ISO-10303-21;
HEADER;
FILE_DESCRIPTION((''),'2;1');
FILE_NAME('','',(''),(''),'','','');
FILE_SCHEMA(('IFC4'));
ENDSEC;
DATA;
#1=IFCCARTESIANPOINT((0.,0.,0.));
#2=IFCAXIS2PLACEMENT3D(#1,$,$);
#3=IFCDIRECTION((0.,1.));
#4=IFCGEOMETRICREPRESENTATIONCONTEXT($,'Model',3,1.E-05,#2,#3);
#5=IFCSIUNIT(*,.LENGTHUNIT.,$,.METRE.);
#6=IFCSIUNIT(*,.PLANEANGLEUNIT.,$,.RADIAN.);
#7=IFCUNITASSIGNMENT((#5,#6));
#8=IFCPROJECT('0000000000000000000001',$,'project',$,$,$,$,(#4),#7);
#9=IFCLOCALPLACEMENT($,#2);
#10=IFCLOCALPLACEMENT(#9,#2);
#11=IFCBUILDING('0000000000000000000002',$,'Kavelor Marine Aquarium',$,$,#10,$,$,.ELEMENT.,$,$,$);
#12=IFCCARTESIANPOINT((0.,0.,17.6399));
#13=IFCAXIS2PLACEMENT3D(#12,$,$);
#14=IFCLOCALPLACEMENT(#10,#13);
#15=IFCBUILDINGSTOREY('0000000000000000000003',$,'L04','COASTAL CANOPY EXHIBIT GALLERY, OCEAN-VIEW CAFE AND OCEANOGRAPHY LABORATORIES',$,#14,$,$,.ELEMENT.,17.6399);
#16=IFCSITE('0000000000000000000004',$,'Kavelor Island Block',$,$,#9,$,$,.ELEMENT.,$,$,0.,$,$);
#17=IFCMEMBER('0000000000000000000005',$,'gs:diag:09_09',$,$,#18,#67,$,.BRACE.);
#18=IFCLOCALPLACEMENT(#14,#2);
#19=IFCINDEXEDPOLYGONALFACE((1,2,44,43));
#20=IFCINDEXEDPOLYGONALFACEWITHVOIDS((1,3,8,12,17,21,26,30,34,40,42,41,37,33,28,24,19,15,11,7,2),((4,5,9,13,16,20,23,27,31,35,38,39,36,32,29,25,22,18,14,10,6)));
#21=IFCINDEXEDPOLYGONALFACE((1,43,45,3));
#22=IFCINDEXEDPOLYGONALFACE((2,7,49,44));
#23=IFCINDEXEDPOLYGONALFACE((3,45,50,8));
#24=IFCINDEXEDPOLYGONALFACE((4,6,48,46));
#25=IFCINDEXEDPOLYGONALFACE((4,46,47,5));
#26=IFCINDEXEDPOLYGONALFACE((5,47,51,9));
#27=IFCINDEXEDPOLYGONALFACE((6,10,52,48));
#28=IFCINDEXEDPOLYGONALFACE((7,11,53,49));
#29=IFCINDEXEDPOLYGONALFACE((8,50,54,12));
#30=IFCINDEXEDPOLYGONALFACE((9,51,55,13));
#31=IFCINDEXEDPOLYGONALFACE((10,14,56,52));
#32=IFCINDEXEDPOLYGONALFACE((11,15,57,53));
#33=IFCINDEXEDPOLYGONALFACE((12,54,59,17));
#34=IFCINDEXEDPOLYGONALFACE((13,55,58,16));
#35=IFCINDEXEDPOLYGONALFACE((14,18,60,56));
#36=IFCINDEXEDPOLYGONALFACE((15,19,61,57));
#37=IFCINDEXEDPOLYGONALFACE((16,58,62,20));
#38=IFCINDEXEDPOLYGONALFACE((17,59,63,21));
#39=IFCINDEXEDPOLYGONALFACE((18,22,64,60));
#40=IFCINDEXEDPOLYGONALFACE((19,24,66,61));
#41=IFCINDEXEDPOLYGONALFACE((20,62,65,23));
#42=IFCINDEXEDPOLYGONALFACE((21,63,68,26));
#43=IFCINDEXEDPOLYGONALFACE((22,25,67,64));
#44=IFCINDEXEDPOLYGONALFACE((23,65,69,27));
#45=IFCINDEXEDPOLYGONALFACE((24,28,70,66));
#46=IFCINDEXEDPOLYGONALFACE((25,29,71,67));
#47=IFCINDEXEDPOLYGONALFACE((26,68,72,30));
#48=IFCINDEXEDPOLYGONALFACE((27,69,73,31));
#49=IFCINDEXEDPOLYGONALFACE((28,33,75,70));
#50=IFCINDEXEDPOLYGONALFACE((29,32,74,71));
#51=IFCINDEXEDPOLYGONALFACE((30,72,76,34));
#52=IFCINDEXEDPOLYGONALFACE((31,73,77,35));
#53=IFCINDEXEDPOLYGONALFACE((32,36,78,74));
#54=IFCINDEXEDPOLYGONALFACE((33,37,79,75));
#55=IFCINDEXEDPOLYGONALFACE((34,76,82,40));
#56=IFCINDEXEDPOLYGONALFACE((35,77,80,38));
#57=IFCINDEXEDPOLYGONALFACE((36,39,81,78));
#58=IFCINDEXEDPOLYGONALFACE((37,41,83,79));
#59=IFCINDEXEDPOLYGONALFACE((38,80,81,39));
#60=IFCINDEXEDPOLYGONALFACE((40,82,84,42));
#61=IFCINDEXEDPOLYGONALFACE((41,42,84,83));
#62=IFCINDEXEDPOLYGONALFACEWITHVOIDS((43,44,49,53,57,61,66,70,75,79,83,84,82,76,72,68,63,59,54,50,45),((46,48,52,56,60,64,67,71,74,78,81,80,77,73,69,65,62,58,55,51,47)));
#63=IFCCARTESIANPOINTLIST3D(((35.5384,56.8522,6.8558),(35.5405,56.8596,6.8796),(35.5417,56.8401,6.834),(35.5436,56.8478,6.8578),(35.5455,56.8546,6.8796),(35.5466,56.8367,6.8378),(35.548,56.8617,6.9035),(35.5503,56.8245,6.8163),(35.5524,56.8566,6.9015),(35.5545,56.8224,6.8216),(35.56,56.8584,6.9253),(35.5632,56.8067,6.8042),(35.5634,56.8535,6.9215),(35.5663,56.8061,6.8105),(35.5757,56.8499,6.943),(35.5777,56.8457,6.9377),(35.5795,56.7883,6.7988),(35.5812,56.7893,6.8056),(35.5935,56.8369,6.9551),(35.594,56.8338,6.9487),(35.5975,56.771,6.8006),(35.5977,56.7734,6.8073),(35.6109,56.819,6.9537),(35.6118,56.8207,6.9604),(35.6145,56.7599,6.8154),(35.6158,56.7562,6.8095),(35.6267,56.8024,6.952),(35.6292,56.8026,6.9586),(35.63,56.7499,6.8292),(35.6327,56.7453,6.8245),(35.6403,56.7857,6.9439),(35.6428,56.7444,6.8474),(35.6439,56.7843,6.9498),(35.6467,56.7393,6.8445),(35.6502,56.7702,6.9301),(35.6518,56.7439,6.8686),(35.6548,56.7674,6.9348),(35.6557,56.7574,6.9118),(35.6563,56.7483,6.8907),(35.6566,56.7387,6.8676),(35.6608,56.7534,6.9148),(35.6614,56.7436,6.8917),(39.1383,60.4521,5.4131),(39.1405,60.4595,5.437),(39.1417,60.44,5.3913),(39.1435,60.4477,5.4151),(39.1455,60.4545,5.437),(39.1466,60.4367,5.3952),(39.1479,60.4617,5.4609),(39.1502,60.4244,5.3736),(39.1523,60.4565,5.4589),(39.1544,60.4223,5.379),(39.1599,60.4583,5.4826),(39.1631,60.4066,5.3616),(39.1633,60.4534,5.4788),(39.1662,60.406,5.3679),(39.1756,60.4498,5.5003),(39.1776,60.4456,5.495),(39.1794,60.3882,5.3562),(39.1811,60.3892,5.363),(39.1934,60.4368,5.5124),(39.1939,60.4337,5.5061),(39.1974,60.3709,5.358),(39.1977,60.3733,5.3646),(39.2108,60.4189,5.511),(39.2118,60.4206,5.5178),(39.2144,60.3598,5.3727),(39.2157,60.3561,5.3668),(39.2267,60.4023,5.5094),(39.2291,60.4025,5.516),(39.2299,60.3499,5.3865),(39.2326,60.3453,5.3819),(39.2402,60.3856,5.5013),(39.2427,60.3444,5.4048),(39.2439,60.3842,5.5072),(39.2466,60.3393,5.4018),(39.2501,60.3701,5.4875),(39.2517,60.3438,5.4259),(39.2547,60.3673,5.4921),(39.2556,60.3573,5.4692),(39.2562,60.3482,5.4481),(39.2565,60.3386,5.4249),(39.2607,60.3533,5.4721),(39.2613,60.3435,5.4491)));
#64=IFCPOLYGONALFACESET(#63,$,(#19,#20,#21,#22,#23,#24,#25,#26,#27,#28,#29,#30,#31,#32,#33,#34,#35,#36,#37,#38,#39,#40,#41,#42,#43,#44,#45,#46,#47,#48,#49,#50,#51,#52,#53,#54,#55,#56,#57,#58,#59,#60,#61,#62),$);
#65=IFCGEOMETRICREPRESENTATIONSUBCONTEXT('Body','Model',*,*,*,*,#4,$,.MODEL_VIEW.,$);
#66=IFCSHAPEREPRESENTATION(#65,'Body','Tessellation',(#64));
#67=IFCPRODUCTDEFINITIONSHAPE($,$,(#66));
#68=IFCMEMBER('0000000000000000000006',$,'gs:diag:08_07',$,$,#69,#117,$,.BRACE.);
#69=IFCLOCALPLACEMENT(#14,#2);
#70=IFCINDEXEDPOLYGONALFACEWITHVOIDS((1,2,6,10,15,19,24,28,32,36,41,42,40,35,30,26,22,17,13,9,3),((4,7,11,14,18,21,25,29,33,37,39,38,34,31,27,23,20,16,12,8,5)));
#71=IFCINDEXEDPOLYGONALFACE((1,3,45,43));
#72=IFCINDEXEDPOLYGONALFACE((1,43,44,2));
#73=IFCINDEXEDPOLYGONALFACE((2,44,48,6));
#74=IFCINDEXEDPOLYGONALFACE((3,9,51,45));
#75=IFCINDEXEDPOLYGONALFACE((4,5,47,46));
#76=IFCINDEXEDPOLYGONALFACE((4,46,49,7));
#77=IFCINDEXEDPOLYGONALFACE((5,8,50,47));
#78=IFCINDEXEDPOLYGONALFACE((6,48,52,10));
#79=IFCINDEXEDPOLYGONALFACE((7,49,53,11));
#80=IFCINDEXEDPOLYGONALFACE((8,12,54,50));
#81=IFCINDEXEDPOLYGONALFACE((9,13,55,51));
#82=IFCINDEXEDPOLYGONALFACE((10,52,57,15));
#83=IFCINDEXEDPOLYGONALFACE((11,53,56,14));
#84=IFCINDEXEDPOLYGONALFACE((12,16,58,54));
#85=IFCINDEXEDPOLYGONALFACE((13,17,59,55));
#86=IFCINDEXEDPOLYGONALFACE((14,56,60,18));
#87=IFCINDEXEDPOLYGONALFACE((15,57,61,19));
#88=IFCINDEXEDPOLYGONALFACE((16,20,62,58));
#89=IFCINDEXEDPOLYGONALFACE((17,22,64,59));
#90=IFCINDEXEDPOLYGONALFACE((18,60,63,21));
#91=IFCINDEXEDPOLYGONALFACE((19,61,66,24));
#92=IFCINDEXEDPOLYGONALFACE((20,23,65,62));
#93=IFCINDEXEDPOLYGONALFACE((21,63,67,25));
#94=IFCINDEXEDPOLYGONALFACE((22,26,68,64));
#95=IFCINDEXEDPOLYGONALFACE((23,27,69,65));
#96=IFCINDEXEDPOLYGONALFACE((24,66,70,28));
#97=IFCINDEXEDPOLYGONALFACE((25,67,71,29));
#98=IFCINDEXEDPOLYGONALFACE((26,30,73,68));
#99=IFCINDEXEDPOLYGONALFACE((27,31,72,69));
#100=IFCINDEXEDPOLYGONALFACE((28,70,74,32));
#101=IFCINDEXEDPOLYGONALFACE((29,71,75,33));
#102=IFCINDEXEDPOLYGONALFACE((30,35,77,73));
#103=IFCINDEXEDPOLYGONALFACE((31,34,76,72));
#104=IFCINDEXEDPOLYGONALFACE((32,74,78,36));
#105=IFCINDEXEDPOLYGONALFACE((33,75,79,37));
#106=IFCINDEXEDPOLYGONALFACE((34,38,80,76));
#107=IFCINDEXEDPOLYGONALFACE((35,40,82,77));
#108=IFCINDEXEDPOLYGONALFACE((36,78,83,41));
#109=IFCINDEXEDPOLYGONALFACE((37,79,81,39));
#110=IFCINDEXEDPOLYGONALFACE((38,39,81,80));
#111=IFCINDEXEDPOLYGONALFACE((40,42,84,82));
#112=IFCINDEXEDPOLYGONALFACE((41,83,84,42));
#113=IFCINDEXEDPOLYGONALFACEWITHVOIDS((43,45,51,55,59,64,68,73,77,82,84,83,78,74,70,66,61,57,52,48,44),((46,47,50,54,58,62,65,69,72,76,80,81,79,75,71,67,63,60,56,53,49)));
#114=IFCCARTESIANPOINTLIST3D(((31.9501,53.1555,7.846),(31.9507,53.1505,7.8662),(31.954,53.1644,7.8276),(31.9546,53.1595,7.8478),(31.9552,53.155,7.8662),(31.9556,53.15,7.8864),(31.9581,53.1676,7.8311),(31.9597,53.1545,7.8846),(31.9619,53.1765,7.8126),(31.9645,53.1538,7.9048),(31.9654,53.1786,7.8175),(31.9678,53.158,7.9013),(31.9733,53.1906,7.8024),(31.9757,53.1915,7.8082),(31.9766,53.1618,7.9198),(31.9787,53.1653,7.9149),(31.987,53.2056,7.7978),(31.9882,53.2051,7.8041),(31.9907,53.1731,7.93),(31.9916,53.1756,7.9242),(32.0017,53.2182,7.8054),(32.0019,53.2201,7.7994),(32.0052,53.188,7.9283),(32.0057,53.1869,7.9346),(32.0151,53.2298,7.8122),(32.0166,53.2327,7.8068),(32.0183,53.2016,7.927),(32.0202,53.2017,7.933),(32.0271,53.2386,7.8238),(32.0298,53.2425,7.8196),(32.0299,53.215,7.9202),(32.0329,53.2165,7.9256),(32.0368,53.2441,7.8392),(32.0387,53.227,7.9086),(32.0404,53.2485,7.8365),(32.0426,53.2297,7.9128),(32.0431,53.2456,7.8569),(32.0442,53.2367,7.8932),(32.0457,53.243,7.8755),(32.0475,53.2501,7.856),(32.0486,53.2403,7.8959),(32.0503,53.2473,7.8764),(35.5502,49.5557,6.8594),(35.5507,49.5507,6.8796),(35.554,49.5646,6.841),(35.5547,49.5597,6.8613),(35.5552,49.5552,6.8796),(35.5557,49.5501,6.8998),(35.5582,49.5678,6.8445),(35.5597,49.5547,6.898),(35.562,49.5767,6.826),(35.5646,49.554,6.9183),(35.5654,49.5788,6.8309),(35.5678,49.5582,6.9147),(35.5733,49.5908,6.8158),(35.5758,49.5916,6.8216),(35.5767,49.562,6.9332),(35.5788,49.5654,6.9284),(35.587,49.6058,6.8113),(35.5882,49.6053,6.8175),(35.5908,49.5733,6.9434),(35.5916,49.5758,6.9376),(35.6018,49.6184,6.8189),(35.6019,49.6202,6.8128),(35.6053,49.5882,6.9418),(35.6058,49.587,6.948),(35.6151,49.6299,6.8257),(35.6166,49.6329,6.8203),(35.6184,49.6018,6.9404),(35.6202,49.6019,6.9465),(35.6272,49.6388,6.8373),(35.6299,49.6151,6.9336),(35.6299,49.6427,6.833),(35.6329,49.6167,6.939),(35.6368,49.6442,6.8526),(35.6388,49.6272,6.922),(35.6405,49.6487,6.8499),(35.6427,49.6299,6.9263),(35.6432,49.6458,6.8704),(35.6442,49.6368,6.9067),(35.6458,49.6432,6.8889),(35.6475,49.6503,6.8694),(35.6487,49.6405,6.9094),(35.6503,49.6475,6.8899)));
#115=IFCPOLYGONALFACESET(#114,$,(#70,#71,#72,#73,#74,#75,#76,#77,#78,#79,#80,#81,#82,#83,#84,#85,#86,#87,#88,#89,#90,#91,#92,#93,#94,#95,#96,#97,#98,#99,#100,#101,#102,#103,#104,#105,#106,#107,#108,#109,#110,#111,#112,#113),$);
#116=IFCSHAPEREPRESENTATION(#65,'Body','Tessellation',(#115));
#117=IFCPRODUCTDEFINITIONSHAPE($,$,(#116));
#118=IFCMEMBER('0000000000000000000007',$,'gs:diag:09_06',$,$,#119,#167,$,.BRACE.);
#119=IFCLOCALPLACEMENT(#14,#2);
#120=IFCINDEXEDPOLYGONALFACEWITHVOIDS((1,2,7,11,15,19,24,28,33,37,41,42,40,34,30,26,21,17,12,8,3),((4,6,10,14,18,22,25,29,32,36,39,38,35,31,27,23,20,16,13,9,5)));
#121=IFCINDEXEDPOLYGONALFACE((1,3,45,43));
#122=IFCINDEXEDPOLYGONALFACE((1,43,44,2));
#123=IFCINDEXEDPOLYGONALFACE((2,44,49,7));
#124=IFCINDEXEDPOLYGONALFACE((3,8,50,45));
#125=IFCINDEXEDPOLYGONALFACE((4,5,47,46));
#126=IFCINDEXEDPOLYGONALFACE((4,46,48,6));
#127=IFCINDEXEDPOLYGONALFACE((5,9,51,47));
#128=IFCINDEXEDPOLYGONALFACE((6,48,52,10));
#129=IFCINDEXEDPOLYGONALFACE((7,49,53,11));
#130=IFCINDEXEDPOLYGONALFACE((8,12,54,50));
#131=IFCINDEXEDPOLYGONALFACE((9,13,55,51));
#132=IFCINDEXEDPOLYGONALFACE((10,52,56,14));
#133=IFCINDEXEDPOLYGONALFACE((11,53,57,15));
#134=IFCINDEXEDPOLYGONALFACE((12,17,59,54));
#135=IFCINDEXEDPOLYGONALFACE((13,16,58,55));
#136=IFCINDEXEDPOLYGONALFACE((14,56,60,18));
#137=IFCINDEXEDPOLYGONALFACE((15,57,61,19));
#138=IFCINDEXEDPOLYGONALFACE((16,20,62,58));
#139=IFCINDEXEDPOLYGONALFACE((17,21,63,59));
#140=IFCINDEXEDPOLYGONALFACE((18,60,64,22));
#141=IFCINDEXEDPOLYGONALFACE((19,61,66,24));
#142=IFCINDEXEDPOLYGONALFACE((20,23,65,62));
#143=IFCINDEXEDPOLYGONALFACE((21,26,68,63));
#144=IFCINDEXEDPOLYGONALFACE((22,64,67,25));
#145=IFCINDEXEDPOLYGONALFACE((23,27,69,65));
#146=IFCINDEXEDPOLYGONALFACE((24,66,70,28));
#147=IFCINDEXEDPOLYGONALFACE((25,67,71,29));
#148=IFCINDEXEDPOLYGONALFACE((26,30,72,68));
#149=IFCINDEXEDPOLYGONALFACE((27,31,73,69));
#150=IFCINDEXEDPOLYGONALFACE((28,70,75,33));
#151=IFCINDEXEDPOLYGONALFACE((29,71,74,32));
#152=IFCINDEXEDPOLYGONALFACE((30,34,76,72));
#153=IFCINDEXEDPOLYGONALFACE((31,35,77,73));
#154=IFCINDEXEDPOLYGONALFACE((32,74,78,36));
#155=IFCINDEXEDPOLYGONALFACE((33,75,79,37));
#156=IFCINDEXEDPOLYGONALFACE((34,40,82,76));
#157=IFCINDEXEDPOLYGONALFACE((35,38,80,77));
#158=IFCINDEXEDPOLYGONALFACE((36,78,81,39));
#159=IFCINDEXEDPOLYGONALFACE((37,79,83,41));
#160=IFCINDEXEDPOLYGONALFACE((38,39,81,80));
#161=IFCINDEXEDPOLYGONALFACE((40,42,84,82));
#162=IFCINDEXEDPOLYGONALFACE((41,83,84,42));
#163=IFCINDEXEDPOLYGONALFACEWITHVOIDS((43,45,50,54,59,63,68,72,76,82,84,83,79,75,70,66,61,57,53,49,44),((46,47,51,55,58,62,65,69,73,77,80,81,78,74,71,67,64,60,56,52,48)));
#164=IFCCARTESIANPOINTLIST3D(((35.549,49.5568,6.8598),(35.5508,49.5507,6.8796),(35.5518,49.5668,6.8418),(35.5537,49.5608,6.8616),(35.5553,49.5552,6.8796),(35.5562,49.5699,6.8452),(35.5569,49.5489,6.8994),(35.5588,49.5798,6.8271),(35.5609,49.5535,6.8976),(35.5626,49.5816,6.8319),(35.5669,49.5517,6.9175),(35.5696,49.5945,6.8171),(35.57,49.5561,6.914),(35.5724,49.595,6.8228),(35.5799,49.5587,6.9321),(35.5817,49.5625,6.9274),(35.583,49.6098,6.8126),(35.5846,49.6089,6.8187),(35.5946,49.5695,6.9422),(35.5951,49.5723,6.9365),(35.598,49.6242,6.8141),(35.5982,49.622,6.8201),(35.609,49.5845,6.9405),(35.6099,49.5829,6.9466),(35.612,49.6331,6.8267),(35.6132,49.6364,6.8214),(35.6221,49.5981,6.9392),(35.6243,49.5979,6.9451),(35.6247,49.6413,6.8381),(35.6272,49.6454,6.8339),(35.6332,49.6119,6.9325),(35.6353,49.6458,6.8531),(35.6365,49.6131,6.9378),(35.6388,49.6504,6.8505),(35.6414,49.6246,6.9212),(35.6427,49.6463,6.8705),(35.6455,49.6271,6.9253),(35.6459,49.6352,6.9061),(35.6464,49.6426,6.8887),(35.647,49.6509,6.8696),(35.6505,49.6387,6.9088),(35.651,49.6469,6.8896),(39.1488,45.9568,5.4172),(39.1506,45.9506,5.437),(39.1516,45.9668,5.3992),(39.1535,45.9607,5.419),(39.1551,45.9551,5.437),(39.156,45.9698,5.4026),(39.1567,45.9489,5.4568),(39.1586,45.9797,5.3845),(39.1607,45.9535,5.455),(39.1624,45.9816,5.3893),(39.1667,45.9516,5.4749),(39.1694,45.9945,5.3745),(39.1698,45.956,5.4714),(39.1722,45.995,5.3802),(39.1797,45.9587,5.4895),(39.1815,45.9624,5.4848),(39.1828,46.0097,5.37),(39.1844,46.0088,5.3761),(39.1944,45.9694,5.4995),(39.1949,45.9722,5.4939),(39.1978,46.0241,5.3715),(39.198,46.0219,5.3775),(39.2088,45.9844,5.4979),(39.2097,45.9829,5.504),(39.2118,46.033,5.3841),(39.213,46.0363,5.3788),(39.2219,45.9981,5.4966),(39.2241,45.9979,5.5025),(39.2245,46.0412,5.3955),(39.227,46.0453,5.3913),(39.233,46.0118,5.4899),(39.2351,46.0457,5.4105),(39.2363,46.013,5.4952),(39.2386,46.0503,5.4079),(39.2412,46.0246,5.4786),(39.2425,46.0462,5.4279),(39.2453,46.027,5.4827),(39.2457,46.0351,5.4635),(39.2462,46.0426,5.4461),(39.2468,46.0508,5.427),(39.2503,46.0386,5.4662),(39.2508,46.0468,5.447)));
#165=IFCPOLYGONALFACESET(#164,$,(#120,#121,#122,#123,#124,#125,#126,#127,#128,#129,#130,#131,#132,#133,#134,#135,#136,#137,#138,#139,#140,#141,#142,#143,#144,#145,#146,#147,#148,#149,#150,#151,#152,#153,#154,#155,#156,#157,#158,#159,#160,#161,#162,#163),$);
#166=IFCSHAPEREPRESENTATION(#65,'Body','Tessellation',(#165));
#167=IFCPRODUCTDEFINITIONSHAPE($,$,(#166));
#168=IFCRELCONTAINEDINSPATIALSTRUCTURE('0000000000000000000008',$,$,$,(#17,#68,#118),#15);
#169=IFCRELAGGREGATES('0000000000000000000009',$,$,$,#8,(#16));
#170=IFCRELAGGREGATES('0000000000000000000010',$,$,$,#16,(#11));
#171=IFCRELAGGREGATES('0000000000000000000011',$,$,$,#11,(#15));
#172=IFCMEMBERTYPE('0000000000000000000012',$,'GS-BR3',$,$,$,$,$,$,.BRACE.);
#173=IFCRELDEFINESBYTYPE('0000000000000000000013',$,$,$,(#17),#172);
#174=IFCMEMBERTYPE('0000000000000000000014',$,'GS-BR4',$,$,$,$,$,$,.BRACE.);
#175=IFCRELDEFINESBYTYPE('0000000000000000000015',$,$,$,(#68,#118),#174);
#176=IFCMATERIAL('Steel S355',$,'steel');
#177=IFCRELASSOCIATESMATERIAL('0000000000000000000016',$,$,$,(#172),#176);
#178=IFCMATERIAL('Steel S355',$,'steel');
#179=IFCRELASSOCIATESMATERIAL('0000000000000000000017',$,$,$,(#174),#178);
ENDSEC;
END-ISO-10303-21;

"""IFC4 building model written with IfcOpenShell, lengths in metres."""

from ifc_helpers import new_model, si_unit, direction, frame, origin, origin_2d, place, context, subcontext, project, spatial, hollow_circle, extrude, material, material_profile, profile_set, type_object, element, save


model = new_model("IFC4")

# Units and contexts
model_context = context("Model", 3, precision=1e-05, world=origin(), true_north=direction((0.0, 1.0)))
body_context = subcontext(model_context, "Body", "Model", "MODEL_VIEW")
ifc_project = project(units=[si_unit("LENGTHUNIT", "METRE"), si_unit("PLANEANGLEUNIT", "RADIAN")], contexts=[model_context])

# Site, building, storey
site_placement = place(None, origin())
site = spatial("IfcSite", under=ifc_project, at=site_placement, Name="Kavelor Island Block", CompositionType="ELEMENT", RefElevation=0.0)
building_placement = place(site_placement, origin())
building = spatial("IfcBuilding", under=site, at=building_placement, Name="Kavelor Marine Aquarium", CompositionType="ELEMENT")
storey_placement = place(building_placement, frame((0.0, 0.0, 17.6399)))
storey = spatial("IfcBuildingStorey", under=building, at=storey_placement, Name="L04", Description="COASTAL CANOPY EXHIBIT GALLERY, OCEAN-VIEW CAFE AND OCEANOGRAPHY LABORATORIES", CompositionType="ELEMENT", Elevation=17.6399)

# Members
ifc_material_1 = material(Name="Steel S355", Category="steel")
ifc_material_profile_1 = material_profile(ifc_material_1, hollow_circle(Radius=0.0842, WallThickness=0.0071, at=origin_2d()), Name="CHS 168.3x7.1")
ifc_profile_set_1 = profile_set([ifc_material_profile_1], Name="Steel S355")
member_type_1 = type_object("IfcMemberType", Name="GS-BR3", PredefinedType="BRACE", material=ifc_profile_set_1)
member_1_placement = place(storey_placement, frame((35.6001, 56.8, 6.8796), z_axis=(0.68032, 0.68032, -0.272635), x_axis=(-0.707107, 0.707107, 0.0)))
element("IfcMember", 1, at=member_1_placement, inside=storey, type_object=member_type_1, Name="gs:diag:09_09", PredefinedType="BRACE", context=body_context, shape_type="SweptSolid", body=[
    extrude(hollow_circle(Radius=0.0842, WallThickness=0.0071, at=origin_2d()), origin(), (0.0, 0.0, 1.0), 5.2915),
])
ifc_material_2 = material(Name="Steel S355", Category="steel")
ifc_material_profile_2 = material_profile(ifc_material_2, hollow_circle(Radius=0.0698, WallThickness=0.0063, at=origin_2d()), Name="CHS 139.7x6.3")
ifc_profile_set_2 = profile_set([ifc_material_profile_2], Name="Steel S355")
member_type_2 = type_object("IfcMemberType", Name="GS-BR4", PredefinedType="BRACE", material=ifc_profile_set_2)
member_2_placement = place(storey_placement, frame((35.6001, 49.6001, 6.8796), z_axis=(-0.694216, 0.694169, 0.190243), x_axis=(-0.707083, -0.707131, 0.0)))
element("IfcMember", 2, at=member_2_placement, inside=storey, type_object=member_type_2, Name="gs:diag:08_07", PredefinedType="BRACE", context=body_context, shape_type="SweptSolid", body=[
    extrude(hollow_circle(Radius=0.0698, WallThickness=0.0063, at=origin_2d()), origin(), (0.0, 0.0, 1.0), 5.1858),
])
member_3_placement = place(storey_placement, frame((39.2, 46.0, 5.437), z_axis=(-0.680298, 0.680345, 0.272627), x_axis=(-0.707131, -0.707083, 0.0)))
element("IfcMember", 3, at=member_3_placement, inside=storey, type_object=member_type_2, Name="gs:diag:09_06", PredefinedType="BRACE", context=body_context, shape_type="SweptSolid", body=[
    extrude(hollow_circle(Radius=0.0698, WallThickness=0.0063, at=origin_2d()), origin(), (0.0, 0.0, 1.0), 5.2915),
])

save(model, "model.ifc")
